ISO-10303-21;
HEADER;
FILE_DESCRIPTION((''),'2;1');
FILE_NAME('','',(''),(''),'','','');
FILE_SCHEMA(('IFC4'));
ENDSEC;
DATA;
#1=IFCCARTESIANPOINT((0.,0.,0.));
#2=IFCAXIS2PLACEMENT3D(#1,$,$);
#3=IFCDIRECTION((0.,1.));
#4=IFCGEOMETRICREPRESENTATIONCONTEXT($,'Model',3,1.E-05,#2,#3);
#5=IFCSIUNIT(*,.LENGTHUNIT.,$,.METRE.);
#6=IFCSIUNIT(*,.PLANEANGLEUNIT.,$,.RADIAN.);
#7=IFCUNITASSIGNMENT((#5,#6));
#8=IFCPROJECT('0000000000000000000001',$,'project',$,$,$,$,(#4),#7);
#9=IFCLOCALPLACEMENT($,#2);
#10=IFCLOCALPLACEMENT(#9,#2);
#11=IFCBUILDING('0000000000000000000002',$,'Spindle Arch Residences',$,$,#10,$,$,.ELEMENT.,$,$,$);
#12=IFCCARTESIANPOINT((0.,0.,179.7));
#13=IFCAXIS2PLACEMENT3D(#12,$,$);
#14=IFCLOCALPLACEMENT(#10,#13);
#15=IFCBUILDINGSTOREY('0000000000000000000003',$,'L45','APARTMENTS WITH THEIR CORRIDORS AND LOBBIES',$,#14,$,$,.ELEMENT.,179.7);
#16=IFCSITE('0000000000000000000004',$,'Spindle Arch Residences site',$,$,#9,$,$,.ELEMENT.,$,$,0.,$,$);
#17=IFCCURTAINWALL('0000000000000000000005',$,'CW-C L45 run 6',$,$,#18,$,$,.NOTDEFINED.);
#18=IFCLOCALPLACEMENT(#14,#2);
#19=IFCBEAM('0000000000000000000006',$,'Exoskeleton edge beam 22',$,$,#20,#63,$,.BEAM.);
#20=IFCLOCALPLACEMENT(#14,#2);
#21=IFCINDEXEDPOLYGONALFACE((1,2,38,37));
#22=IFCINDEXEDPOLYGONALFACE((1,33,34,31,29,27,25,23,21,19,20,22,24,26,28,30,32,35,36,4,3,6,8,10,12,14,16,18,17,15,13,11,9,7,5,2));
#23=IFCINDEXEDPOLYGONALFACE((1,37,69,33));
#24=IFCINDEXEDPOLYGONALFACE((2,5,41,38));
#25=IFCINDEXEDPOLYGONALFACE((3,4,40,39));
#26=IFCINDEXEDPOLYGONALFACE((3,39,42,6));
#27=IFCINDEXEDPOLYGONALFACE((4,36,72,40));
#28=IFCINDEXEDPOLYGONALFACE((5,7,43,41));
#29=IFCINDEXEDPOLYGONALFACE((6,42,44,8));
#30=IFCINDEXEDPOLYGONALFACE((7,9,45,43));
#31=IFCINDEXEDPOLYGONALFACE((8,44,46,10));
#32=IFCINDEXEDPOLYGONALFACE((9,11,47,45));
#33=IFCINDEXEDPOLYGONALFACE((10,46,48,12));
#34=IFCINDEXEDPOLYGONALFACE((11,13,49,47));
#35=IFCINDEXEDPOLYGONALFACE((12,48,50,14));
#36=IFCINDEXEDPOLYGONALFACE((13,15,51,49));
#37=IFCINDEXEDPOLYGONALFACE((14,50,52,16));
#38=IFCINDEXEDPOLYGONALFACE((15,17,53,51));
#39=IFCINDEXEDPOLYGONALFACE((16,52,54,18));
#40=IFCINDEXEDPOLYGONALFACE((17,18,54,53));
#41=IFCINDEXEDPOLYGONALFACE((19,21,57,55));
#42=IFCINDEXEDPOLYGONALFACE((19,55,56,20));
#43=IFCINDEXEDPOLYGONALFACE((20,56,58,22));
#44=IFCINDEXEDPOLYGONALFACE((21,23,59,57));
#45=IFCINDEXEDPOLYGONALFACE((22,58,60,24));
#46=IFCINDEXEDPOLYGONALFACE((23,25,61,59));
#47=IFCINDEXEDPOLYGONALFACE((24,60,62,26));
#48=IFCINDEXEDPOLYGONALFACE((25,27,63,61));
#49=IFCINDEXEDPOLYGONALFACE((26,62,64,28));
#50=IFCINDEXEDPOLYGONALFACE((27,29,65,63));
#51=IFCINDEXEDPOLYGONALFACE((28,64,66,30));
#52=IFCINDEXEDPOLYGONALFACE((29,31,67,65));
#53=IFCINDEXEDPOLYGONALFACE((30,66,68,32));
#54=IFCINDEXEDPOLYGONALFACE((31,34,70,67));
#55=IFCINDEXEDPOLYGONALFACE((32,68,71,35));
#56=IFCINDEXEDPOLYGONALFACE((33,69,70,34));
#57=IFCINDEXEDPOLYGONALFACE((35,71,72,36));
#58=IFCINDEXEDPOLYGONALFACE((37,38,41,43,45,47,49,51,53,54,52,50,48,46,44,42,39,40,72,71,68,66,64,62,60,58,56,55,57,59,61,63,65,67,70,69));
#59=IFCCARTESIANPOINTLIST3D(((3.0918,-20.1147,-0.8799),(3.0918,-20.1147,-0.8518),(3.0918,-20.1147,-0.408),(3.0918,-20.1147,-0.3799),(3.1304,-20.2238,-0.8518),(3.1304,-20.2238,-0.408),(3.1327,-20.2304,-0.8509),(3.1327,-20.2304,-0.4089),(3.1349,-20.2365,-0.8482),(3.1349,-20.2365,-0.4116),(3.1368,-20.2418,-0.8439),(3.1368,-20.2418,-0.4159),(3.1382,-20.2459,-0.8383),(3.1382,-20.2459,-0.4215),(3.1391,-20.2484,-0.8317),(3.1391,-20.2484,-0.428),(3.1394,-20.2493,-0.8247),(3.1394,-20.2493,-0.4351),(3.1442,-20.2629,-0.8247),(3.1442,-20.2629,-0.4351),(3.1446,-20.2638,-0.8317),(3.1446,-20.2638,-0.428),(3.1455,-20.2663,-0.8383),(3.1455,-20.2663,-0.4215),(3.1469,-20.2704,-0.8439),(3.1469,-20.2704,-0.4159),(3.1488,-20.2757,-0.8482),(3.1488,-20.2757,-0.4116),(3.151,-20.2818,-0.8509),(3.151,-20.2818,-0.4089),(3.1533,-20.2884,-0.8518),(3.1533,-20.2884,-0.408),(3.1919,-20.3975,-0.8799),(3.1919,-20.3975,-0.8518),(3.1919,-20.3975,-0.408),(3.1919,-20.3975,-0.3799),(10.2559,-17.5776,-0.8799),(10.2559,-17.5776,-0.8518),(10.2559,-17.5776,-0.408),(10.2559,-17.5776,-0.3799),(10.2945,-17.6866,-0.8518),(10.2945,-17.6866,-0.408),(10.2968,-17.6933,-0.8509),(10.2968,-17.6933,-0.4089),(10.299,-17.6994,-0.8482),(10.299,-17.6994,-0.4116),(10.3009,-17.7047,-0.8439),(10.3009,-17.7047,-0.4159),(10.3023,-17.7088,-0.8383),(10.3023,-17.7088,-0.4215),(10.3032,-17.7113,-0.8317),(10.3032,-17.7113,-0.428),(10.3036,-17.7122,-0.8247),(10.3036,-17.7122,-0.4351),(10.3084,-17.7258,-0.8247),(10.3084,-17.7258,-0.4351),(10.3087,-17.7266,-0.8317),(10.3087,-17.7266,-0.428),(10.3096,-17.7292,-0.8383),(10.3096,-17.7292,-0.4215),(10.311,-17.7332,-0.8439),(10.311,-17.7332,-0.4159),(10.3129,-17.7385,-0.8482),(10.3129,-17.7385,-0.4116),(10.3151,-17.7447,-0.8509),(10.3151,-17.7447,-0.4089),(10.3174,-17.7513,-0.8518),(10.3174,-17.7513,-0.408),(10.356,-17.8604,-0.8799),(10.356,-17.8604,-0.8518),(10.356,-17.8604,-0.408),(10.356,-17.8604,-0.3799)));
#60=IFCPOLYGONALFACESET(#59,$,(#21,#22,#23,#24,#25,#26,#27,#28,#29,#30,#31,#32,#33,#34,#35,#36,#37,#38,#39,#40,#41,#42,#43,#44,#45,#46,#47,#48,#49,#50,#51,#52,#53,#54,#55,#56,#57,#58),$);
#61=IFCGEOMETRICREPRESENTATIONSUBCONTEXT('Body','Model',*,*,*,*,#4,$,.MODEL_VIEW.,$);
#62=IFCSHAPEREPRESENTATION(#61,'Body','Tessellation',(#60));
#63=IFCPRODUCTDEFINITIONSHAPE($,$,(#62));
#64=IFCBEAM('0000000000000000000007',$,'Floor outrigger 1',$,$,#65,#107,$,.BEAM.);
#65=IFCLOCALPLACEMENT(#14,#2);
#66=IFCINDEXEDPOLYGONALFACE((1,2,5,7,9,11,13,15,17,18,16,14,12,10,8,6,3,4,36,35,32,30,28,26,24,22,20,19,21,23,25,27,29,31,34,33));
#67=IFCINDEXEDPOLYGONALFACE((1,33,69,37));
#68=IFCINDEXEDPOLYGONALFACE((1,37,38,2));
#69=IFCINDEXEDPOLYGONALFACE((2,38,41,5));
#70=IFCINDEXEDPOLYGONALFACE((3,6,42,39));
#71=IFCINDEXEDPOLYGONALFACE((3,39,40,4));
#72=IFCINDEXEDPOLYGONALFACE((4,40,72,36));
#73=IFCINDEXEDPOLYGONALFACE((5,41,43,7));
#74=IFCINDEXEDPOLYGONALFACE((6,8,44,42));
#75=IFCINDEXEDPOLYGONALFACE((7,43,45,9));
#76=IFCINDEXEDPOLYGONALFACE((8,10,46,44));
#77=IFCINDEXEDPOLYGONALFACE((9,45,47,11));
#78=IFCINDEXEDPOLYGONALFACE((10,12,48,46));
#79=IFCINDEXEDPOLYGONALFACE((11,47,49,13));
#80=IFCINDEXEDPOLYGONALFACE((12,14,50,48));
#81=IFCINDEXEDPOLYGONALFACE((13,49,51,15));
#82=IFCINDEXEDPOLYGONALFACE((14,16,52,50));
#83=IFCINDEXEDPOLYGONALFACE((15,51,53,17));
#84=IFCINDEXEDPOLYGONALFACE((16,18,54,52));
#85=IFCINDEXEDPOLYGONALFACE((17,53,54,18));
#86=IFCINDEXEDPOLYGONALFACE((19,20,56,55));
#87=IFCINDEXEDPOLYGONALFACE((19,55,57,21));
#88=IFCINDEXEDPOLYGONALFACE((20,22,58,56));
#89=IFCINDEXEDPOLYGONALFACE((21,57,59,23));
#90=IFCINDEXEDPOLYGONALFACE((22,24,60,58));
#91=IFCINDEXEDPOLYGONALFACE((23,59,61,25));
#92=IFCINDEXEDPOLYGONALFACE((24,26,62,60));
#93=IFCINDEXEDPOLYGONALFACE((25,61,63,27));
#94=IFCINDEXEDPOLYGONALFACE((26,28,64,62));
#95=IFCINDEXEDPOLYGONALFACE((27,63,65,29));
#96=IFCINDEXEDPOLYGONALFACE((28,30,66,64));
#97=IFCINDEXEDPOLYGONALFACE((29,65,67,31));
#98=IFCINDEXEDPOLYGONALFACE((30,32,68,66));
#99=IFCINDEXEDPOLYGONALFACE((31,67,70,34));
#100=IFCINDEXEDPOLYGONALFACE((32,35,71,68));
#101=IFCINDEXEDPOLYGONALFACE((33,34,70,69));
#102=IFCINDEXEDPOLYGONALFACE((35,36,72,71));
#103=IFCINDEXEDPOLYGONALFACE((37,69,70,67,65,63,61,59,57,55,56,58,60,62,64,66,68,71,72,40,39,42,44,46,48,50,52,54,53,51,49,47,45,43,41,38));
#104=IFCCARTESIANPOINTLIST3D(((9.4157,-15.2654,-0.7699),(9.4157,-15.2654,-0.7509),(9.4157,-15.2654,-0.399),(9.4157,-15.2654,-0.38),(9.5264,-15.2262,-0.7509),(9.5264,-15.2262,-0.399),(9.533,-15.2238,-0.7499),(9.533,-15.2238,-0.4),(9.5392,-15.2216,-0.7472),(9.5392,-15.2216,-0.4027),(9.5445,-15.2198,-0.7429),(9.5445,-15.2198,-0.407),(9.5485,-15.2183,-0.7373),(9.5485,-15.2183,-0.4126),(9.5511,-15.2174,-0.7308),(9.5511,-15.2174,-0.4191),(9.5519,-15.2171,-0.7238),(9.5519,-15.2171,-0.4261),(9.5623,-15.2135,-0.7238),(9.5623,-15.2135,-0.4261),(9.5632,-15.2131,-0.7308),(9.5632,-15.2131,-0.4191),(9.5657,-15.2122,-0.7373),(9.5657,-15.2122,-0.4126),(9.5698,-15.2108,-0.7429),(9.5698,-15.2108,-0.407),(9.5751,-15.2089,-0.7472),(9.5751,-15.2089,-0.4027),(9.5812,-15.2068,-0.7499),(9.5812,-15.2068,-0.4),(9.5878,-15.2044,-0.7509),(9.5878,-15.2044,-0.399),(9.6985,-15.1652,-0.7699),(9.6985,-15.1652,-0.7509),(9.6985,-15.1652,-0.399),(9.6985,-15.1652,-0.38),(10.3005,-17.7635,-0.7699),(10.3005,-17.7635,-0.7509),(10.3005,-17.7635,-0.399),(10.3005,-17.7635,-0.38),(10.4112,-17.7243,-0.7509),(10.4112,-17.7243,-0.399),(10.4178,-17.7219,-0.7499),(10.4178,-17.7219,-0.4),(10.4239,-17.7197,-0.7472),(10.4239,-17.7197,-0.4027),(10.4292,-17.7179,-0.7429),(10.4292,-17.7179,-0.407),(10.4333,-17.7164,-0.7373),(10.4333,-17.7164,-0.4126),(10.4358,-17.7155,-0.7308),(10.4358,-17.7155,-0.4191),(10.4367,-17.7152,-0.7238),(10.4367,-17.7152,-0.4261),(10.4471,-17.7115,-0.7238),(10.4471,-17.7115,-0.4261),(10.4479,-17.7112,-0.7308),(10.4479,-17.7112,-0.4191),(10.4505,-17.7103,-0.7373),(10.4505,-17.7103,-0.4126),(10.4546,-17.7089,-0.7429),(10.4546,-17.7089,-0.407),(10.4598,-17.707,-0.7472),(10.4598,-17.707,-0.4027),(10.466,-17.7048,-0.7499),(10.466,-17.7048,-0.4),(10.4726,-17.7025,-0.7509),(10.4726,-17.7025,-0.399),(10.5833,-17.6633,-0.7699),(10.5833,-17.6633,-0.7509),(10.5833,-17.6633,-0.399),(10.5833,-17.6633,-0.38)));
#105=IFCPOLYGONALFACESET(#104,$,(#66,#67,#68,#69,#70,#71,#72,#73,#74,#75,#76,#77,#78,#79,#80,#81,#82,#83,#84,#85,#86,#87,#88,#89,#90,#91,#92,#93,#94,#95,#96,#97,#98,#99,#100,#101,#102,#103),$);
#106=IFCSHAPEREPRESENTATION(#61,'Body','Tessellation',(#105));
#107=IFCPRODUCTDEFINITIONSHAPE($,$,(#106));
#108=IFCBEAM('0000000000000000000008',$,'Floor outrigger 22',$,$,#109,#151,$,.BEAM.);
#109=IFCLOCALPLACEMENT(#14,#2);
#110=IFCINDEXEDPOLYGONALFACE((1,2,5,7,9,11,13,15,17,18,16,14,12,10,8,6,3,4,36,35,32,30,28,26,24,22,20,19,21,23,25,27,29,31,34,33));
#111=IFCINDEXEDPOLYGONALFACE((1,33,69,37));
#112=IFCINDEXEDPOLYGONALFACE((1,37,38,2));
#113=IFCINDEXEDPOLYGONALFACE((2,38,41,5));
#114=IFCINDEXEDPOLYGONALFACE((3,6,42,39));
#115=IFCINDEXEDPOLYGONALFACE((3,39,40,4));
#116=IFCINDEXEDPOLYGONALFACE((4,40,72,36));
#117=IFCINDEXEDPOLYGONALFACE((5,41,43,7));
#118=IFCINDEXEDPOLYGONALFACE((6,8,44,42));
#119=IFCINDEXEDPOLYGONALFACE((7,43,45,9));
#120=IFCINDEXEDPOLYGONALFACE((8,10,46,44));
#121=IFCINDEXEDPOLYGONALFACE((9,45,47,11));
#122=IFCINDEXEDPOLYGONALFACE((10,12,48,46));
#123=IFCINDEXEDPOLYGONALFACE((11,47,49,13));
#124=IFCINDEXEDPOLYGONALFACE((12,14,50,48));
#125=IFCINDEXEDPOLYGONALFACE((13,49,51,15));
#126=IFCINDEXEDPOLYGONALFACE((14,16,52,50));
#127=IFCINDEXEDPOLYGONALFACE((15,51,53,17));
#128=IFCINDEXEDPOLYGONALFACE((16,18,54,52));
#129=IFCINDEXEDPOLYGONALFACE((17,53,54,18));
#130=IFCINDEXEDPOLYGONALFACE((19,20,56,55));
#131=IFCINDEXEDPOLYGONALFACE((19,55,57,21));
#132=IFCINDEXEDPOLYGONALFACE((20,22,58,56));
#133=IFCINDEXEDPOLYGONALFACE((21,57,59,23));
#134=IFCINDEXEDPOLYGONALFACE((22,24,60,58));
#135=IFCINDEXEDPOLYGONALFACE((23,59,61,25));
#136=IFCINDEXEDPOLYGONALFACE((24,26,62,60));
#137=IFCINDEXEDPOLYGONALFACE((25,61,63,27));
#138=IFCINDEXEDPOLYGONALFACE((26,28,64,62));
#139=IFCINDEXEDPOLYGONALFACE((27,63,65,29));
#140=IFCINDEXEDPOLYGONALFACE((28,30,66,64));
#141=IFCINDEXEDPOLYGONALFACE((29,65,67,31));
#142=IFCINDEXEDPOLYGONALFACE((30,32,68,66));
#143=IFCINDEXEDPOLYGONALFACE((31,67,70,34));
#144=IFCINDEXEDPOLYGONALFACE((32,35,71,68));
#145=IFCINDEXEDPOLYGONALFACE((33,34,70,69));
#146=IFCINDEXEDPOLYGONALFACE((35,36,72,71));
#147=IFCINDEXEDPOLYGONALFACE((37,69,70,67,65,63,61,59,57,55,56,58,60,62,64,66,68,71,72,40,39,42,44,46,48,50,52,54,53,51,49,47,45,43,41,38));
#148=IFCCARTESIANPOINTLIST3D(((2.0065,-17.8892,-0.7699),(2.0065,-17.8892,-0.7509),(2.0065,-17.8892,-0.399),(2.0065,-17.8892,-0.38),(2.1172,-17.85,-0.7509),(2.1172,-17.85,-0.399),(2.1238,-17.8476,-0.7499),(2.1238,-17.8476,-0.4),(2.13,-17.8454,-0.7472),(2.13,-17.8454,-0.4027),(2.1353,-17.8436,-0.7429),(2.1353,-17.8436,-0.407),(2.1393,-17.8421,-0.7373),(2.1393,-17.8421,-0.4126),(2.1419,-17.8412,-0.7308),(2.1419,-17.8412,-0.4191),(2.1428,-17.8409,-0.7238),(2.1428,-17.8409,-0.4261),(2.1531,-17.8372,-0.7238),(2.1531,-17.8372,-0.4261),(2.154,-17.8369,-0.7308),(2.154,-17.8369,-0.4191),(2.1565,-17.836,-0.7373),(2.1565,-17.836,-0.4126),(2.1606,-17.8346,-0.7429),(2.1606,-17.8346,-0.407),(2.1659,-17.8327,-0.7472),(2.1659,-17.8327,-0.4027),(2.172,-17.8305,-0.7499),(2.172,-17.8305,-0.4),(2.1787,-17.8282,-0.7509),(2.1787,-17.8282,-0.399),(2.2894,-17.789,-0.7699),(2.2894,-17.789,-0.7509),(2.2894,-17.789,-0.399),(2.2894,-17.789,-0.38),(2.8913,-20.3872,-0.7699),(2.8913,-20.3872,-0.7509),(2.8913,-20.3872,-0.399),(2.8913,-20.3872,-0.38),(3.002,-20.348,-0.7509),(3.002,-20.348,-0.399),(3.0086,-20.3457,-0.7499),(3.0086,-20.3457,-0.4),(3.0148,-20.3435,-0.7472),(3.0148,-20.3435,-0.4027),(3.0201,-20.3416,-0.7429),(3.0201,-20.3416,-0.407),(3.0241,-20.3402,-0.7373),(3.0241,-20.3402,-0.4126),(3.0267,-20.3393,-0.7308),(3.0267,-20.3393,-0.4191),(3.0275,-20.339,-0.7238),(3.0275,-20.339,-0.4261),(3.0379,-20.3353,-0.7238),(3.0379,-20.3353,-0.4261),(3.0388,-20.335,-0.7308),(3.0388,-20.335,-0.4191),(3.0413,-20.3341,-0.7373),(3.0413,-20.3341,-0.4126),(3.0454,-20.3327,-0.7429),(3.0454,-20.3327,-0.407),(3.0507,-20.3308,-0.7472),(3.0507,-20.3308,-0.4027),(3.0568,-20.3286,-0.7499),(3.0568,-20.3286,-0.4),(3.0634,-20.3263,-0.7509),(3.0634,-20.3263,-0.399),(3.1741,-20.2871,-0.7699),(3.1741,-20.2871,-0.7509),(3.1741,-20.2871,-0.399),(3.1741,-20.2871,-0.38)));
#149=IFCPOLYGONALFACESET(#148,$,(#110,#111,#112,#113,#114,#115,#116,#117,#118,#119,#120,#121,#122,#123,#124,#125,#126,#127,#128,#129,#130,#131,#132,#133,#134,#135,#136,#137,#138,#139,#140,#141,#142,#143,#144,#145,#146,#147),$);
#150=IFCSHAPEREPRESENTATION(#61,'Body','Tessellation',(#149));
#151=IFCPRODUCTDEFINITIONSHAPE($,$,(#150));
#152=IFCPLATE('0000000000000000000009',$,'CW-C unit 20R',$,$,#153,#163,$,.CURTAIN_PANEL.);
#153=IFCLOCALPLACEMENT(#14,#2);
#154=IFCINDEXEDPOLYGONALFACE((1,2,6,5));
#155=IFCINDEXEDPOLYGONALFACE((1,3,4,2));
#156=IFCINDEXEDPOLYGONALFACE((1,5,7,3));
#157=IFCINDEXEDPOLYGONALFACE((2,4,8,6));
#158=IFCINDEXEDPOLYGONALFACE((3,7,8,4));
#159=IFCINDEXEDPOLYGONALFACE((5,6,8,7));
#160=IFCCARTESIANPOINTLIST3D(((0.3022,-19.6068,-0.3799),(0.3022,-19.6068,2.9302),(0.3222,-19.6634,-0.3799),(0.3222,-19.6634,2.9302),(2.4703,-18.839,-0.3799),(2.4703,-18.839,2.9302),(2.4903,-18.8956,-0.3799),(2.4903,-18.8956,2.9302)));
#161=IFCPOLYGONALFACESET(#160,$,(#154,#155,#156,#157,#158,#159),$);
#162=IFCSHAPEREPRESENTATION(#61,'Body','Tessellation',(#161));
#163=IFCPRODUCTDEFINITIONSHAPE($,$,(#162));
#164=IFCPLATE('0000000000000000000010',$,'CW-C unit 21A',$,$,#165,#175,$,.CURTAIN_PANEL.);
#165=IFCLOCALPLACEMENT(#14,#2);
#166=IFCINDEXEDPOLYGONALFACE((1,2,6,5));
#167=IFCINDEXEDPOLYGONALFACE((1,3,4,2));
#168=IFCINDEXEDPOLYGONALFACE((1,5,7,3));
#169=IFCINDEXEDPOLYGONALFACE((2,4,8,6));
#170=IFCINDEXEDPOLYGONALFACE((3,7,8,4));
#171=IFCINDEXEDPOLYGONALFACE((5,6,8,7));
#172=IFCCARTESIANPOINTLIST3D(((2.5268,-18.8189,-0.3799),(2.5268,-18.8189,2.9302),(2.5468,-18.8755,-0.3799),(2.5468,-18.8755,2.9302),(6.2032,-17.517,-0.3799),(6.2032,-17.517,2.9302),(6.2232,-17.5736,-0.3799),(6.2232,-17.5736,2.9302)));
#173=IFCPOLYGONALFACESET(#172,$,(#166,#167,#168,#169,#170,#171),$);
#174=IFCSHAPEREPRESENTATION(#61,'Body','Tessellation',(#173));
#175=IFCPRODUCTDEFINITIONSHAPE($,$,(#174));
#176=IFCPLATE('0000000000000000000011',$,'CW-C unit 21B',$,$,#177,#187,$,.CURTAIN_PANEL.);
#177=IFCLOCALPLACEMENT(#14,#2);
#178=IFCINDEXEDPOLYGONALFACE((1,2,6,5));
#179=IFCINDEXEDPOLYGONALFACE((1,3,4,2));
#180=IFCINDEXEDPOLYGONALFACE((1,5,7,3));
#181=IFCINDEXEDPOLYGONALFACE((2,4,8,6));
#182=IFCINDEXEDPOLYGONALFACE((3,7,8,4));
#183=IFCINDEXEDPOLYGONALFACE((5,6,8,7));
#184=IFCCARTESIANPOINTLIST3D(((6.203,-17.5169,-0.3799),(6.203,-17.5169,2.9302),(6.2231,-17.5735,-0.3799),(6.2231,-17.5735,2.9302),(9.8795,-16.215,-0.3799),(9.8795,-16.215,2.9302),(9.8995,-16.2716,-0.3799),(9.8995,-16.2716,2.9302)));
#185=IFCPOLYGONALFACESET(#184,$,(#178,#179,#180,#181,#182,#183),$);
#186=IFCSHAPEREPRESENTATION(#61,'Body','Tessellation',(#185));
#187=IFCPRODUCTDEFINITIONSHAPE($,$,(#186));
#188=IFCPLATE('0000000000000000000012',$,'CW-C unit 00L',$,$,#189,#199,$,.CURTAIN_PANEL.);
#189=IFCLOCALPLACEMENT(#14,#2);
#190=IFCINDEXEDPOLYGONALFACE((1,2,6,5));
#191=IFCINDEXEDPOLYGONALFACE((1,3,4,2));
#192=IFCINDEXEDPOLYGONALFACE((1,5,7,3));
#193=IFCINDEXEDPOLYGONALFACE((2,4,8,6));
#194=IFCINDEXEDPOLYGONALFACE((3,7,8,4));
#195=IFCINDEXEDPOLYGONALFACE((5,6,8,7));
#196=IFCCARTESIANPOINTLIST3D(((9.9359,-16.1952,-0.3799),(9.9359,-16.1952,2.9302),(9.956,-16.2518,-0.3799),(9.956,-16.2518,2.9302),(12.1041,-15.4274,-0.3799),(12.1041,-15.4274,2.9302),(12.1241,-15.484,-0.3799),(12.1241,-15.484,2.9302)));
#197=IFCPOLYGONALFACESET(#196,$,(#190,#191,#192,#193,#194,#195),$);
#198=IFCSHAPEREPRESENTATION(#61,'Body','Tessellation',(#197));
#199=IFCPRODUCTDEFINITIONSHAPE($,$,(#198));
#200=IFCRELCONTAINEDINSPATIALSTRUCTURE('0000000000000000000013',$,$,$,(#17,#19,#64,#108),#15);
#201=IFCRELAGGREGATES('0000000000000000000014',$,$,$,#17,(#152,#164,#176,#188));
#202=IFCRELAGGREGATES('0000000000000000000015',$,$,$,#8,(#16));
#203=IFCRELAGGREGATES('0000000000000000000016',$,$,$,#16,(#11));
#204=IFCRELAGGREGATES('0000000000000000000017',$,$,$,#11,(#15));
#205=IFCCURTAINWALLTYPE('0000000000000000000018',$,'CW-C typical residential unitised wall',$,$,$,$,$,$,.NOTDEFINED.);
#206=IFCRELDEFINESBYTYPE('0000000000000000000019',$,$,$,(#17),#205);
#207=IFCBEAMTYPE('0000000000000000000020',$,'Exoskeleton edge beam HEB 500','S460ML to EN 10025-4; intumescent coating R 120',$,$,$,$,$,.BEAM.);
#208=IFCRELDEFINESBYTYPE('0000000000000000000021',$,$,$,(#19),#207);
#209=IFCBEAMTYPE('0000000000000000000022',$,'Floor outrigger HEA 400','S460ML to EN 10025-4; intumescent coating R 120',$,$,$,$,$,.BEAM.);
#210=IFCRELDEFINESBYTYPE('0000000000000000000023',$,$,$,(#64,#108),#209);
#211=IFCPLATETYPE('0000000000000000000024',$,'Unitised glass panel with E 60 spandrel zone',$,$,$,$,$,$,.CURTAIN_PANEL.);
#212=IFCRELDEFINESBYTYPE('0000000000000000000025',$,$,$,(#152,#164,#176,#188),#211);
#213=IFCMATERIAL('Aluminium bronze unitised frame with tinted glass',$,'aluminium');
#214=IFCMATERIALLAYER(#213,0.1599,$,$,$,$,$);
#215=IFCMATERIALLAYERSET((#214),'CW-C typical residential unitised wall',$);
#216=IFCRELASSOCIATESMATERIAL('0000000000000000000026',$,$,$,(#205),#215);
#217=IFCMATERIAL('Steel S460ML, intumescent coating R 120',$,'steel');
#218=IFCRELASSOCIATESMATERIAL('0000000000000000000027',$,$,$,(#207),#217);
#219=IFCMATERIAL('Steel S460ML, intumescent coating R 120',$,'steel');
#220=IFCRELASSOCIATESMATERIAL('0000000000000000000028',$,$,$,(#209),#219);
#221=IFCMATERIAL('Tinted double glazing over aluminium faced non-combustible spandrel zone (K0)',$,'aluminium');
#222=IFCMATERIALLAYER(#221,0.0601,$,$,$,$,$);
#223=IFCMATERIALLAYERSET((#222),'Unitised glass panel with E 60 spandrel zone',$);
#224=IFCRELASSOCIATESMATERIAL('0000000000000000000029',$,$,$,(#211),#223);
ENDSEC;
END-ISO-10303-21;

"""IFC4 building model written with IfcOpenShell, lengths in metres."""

from ifc_helpers import new_model, si_unit, direction, frame, origin, origin_2d, place, context, subcontext, project, spatial, rectangle, i_section, extrude, material, layer, layer_set, material_profile, profile_set, type_object, element, aggregate, save


model = new_model("IFC4")

# Units and contexts
model_context = context("Model", 3, precision=1e-05, world=origin(), true_north=direction((0.0, 1.0)))
body_context = subcontext(model_context, "Body", "Model", "MODEL_VIEW")
ifc_project = project(units=[si_unit("LENGTHUNIT", "METRE"), si_unit("PLANEANGLEUNIT", "RADIAN")], contexts=[model_context])

# Site, building, storey
site_placement = place(None, origin())
site = spatial("IfcSite", under=ifc_project, at=site_placement, Name="Spindle Arch Residences site", CompositionType="ELEMENT", RefElevation=0.0)
building_placement = place(site_placement, origin())
building = spatial("IfcBuilding", under=site, at=building_placement, Name="Spindle Arch Residences", CompositionType="ELEMENT")
storey_placement = place(building_placement, frame((0.0, 0.0, 179.7)))
storey = spatial("IfcBuildingStorey", under=building, at=storey_placement, Name="L45", Description="APARTMENTS WITH THEIR CORRIDORS AND LOBBIES", CompositionType="ELEMENT", Elevation=179.7)

# Curtain wall
ifc_material_1 = material(Name="Aluminium bronze unitised frame with tinted glass", Category="aluminium")
ifc_layer_1 = layer(ifc_material_1, 0.1599)
ifc_layer_set_1 = layer_set([ifc_layer_1], Name="CW-C typical residential unitised wall")
curtain_wall_type = type_object("IfcCurtainWallType", Name="CW-C typical residential unitised wall", PredefinedType="NOTDEFINED", material=ifc_layer_set_1)
curtain_wall_placement = place(storey_placement, origin())
curtain_wall = element("IfcCurtainWall", 1, at=curtain_wall_placement, inside=storey, type_object=curtain_wall_type, Name="CW-C L45 run 6", PredefinedType="NOTDEFINED")

# Beams
ifc_material_2 = material(Name="Steel S460ML, intumescent coating R 120", Category="steel")
ifc_material_profile_1 = material_profile(ifc_material_2, i_section(OverallWidth=0.3, OverallDepth=0.5, WebThickness=0.0144, FlangeThickness=0.0281, FilletRadius=0.0271, at=origin_2d()), Name="HEB 500")
ifc_profile_set_1 = profile_set([ifc_material_profile_1], Name="Steel S460ML, intumescent coating R 120")
beam_type_1 = type_object("IfcBeamType", Name="Exoskeleton edge beam HEB 500", Description="S460ML to EN 10025-4; intumescent coating R 120", PredefinedType="BEAM", material=ifc_profile_set_1)
for number, where, z_axis, x_axis, name in (
    (2, (3.1418, -20.2561, -0.6299), (0.942634, 0.333828, 0.0), (-0.333828, 0.942634, 0.0), "Exoskeleton edge beam 22"),
):
    element("IfcBeam", number, at=place(storey_placement, frame(where, z_axis=z_axis, x_axis=x_axis)), inside=storey, type_object=beam_type_1, Name=name, PredefinedType="BEAM", context=body_context, shape_type="SweptSolid", body=[
        extrude(i_section(OverallWidth=0.3, OverallDepth=0.5, WebThickness=0.0144, FlangeThickness=0.0281, FilletRadius=0.0271, at=origin_2d()), origin(), (0.0, 0.0, 1.0), 7.6001),
    ])
ifc_material_3 = material(Name="Steel S460ML, intumescent coating R 120", Category="steel")
ifc_material_profile_2 = material_profile(ifc_material_3, i_section(OverallWidth=0.3, OverallDepth=0.3899, WebThickness=0.011, FlangeThickness=0.019, FilletRadius=0.0271, at=origin_2d()), Name="HEA 400")
ifc_profile_set_2 = profile_set([ifc_material_profile_2], Name="Steel S460ML, intumescent coating R 120")
beam_type_2 = type_object("IfcBeamType", Name="Floor outrigger HEA 400", Description="S460ML to EN 10025-4; intumescent coating R 120", PredefinedType="BEAM", material=ifc_profile_set_2)
for number, where, z_axis, x_axis, name in (
    (3, (10.4419, -17.7134, -0.575), (-0.333861, 0.942622, 0.0), (-0.942622, -0.333861, 0.0), "Floor outrigger 1"),
    (4, (3.0327, -20.3372, -0.575), (-0.333861, 0.942622, 0.0), (-0.942622, -0.333861, 0.0), "Floor outrigger 22"),
):
    element("IfcBeam", number, at=place(storey_placement, frame(where, z_axis=z_axis, x_axis=x_axis)), inside=storey, type_object=beam_type_2, Name=name, PredefinedType="BEAM", context=body_context, shape_type="SweptSolid", body=[
        extrude(i_section(OverallWidth=0.3, OverallDepth=0.3899, WebThickness=0.011, FlangeThickness=0.019, FilletRadius=0.0271, at=origin_2d()), origin(), (0.0, 0.0, 1.0), 2.6501),
    ])

# Plates
ifc_material_4 = material(Name="Tinted double glazing over aluminium faced non-combustible spandrel zone (K0)", Category="aluminium")
ifc_layer_2 = layer(ifc_material_4, 0.0601)
ifc_layer_set_2 = layer_set([ifc_layer_2], Name="Unitised glass panel with E 60 spandrel zone")
plate_type = type_object("IfcPlateType", Name="Unitised glass panel with E 60 spandrel zone", PredefinedType="CURTAIN_PANEL", material=ifc_layer_set_2)
plate_1_placement = place(storey_placement, frame((1.3962, -19.2512, -0.3799), z_axis=(0.0, 0.0, 1.0), x_axis=(0.942641, 0.333807, 0.0)))
plate_1 = element("IfcPlate", 5, at=plate_1_placement, type_object=plate_type, Name="CW-C unit 20R", PredefinedType="CURTAIN_PANEL", context=body_context, shape_type="SweptSolid", body=[
    extrude(rectangle(XDim=2.3, YDim=0.0601, at=origin_2d()), origin(), (0.0, 0.0, 1.0), 3.3101),
])
plate_2_placement = place(storey_placement, frame((4.375, -18.1963, -0.3799), z_axis=(0.0, 0.0, 1.0), x_axis=(0.942641, 0.333807, 0.0)))
plate_2 = element("IfcPlate", 6, at=plate_2_placement, type_object=plate_type, Name="CW-C unit 21A", PredefinedType="CURTAIN_PANEL", context=body_context, shape_type="SweptSolid", body=[
    extrude(rectangle(XDim=3.9001, YDim=0.0601, at=origin_2d()), origin(), (0.0, 0.0, 1.0), 3.3101),
])
plate_3_placement = place(storey_placement, frame((8.0513, -16.8943, -0.3799), z_axis=(0.0, 0.0, 1.0), x_axis=(0.942641, 0.333807, 0.0)))
plate_3 = element("IfcPlate", 7, at=plate_3_placement, type_object=plate_type, Name="CW-C unit 21B", PredefinedType="CURTAIN_PANEL", context=body_context, shape_type="SweptSolid", body=[
    extrude(rectangle(XDim=3.9001, YDim=0.0601, at=origin_2d()), origin(), (0.0, 0.0, 1.0), 3.3101),
])
plate_4_placement = place(storey_placement, frame((11.03, -15.8396, -0.3799), z_axis=(0.0, 0.0, 1.0), x_axis=(0.942641, 0.333807, 0.0)))
plate_4 = element("IfcPlate", 8, at=plate_4_placement, type_object=plate_type, Name="CW-C unit 00L", PredefinedType="CURTAIN_PANEL", context=body_context, shape_type="SweptSolid", body=[
    extrude(rectangle(XDim=2.3, YDim=0.0601, at=origin_2d()), origin(), (0.0, 0.0, 1.0), 3.3101),
])
aggregate(curtain_wall, [plate_1, plate_2, plate_3, plate_4])

save(model, "model.ifc")
